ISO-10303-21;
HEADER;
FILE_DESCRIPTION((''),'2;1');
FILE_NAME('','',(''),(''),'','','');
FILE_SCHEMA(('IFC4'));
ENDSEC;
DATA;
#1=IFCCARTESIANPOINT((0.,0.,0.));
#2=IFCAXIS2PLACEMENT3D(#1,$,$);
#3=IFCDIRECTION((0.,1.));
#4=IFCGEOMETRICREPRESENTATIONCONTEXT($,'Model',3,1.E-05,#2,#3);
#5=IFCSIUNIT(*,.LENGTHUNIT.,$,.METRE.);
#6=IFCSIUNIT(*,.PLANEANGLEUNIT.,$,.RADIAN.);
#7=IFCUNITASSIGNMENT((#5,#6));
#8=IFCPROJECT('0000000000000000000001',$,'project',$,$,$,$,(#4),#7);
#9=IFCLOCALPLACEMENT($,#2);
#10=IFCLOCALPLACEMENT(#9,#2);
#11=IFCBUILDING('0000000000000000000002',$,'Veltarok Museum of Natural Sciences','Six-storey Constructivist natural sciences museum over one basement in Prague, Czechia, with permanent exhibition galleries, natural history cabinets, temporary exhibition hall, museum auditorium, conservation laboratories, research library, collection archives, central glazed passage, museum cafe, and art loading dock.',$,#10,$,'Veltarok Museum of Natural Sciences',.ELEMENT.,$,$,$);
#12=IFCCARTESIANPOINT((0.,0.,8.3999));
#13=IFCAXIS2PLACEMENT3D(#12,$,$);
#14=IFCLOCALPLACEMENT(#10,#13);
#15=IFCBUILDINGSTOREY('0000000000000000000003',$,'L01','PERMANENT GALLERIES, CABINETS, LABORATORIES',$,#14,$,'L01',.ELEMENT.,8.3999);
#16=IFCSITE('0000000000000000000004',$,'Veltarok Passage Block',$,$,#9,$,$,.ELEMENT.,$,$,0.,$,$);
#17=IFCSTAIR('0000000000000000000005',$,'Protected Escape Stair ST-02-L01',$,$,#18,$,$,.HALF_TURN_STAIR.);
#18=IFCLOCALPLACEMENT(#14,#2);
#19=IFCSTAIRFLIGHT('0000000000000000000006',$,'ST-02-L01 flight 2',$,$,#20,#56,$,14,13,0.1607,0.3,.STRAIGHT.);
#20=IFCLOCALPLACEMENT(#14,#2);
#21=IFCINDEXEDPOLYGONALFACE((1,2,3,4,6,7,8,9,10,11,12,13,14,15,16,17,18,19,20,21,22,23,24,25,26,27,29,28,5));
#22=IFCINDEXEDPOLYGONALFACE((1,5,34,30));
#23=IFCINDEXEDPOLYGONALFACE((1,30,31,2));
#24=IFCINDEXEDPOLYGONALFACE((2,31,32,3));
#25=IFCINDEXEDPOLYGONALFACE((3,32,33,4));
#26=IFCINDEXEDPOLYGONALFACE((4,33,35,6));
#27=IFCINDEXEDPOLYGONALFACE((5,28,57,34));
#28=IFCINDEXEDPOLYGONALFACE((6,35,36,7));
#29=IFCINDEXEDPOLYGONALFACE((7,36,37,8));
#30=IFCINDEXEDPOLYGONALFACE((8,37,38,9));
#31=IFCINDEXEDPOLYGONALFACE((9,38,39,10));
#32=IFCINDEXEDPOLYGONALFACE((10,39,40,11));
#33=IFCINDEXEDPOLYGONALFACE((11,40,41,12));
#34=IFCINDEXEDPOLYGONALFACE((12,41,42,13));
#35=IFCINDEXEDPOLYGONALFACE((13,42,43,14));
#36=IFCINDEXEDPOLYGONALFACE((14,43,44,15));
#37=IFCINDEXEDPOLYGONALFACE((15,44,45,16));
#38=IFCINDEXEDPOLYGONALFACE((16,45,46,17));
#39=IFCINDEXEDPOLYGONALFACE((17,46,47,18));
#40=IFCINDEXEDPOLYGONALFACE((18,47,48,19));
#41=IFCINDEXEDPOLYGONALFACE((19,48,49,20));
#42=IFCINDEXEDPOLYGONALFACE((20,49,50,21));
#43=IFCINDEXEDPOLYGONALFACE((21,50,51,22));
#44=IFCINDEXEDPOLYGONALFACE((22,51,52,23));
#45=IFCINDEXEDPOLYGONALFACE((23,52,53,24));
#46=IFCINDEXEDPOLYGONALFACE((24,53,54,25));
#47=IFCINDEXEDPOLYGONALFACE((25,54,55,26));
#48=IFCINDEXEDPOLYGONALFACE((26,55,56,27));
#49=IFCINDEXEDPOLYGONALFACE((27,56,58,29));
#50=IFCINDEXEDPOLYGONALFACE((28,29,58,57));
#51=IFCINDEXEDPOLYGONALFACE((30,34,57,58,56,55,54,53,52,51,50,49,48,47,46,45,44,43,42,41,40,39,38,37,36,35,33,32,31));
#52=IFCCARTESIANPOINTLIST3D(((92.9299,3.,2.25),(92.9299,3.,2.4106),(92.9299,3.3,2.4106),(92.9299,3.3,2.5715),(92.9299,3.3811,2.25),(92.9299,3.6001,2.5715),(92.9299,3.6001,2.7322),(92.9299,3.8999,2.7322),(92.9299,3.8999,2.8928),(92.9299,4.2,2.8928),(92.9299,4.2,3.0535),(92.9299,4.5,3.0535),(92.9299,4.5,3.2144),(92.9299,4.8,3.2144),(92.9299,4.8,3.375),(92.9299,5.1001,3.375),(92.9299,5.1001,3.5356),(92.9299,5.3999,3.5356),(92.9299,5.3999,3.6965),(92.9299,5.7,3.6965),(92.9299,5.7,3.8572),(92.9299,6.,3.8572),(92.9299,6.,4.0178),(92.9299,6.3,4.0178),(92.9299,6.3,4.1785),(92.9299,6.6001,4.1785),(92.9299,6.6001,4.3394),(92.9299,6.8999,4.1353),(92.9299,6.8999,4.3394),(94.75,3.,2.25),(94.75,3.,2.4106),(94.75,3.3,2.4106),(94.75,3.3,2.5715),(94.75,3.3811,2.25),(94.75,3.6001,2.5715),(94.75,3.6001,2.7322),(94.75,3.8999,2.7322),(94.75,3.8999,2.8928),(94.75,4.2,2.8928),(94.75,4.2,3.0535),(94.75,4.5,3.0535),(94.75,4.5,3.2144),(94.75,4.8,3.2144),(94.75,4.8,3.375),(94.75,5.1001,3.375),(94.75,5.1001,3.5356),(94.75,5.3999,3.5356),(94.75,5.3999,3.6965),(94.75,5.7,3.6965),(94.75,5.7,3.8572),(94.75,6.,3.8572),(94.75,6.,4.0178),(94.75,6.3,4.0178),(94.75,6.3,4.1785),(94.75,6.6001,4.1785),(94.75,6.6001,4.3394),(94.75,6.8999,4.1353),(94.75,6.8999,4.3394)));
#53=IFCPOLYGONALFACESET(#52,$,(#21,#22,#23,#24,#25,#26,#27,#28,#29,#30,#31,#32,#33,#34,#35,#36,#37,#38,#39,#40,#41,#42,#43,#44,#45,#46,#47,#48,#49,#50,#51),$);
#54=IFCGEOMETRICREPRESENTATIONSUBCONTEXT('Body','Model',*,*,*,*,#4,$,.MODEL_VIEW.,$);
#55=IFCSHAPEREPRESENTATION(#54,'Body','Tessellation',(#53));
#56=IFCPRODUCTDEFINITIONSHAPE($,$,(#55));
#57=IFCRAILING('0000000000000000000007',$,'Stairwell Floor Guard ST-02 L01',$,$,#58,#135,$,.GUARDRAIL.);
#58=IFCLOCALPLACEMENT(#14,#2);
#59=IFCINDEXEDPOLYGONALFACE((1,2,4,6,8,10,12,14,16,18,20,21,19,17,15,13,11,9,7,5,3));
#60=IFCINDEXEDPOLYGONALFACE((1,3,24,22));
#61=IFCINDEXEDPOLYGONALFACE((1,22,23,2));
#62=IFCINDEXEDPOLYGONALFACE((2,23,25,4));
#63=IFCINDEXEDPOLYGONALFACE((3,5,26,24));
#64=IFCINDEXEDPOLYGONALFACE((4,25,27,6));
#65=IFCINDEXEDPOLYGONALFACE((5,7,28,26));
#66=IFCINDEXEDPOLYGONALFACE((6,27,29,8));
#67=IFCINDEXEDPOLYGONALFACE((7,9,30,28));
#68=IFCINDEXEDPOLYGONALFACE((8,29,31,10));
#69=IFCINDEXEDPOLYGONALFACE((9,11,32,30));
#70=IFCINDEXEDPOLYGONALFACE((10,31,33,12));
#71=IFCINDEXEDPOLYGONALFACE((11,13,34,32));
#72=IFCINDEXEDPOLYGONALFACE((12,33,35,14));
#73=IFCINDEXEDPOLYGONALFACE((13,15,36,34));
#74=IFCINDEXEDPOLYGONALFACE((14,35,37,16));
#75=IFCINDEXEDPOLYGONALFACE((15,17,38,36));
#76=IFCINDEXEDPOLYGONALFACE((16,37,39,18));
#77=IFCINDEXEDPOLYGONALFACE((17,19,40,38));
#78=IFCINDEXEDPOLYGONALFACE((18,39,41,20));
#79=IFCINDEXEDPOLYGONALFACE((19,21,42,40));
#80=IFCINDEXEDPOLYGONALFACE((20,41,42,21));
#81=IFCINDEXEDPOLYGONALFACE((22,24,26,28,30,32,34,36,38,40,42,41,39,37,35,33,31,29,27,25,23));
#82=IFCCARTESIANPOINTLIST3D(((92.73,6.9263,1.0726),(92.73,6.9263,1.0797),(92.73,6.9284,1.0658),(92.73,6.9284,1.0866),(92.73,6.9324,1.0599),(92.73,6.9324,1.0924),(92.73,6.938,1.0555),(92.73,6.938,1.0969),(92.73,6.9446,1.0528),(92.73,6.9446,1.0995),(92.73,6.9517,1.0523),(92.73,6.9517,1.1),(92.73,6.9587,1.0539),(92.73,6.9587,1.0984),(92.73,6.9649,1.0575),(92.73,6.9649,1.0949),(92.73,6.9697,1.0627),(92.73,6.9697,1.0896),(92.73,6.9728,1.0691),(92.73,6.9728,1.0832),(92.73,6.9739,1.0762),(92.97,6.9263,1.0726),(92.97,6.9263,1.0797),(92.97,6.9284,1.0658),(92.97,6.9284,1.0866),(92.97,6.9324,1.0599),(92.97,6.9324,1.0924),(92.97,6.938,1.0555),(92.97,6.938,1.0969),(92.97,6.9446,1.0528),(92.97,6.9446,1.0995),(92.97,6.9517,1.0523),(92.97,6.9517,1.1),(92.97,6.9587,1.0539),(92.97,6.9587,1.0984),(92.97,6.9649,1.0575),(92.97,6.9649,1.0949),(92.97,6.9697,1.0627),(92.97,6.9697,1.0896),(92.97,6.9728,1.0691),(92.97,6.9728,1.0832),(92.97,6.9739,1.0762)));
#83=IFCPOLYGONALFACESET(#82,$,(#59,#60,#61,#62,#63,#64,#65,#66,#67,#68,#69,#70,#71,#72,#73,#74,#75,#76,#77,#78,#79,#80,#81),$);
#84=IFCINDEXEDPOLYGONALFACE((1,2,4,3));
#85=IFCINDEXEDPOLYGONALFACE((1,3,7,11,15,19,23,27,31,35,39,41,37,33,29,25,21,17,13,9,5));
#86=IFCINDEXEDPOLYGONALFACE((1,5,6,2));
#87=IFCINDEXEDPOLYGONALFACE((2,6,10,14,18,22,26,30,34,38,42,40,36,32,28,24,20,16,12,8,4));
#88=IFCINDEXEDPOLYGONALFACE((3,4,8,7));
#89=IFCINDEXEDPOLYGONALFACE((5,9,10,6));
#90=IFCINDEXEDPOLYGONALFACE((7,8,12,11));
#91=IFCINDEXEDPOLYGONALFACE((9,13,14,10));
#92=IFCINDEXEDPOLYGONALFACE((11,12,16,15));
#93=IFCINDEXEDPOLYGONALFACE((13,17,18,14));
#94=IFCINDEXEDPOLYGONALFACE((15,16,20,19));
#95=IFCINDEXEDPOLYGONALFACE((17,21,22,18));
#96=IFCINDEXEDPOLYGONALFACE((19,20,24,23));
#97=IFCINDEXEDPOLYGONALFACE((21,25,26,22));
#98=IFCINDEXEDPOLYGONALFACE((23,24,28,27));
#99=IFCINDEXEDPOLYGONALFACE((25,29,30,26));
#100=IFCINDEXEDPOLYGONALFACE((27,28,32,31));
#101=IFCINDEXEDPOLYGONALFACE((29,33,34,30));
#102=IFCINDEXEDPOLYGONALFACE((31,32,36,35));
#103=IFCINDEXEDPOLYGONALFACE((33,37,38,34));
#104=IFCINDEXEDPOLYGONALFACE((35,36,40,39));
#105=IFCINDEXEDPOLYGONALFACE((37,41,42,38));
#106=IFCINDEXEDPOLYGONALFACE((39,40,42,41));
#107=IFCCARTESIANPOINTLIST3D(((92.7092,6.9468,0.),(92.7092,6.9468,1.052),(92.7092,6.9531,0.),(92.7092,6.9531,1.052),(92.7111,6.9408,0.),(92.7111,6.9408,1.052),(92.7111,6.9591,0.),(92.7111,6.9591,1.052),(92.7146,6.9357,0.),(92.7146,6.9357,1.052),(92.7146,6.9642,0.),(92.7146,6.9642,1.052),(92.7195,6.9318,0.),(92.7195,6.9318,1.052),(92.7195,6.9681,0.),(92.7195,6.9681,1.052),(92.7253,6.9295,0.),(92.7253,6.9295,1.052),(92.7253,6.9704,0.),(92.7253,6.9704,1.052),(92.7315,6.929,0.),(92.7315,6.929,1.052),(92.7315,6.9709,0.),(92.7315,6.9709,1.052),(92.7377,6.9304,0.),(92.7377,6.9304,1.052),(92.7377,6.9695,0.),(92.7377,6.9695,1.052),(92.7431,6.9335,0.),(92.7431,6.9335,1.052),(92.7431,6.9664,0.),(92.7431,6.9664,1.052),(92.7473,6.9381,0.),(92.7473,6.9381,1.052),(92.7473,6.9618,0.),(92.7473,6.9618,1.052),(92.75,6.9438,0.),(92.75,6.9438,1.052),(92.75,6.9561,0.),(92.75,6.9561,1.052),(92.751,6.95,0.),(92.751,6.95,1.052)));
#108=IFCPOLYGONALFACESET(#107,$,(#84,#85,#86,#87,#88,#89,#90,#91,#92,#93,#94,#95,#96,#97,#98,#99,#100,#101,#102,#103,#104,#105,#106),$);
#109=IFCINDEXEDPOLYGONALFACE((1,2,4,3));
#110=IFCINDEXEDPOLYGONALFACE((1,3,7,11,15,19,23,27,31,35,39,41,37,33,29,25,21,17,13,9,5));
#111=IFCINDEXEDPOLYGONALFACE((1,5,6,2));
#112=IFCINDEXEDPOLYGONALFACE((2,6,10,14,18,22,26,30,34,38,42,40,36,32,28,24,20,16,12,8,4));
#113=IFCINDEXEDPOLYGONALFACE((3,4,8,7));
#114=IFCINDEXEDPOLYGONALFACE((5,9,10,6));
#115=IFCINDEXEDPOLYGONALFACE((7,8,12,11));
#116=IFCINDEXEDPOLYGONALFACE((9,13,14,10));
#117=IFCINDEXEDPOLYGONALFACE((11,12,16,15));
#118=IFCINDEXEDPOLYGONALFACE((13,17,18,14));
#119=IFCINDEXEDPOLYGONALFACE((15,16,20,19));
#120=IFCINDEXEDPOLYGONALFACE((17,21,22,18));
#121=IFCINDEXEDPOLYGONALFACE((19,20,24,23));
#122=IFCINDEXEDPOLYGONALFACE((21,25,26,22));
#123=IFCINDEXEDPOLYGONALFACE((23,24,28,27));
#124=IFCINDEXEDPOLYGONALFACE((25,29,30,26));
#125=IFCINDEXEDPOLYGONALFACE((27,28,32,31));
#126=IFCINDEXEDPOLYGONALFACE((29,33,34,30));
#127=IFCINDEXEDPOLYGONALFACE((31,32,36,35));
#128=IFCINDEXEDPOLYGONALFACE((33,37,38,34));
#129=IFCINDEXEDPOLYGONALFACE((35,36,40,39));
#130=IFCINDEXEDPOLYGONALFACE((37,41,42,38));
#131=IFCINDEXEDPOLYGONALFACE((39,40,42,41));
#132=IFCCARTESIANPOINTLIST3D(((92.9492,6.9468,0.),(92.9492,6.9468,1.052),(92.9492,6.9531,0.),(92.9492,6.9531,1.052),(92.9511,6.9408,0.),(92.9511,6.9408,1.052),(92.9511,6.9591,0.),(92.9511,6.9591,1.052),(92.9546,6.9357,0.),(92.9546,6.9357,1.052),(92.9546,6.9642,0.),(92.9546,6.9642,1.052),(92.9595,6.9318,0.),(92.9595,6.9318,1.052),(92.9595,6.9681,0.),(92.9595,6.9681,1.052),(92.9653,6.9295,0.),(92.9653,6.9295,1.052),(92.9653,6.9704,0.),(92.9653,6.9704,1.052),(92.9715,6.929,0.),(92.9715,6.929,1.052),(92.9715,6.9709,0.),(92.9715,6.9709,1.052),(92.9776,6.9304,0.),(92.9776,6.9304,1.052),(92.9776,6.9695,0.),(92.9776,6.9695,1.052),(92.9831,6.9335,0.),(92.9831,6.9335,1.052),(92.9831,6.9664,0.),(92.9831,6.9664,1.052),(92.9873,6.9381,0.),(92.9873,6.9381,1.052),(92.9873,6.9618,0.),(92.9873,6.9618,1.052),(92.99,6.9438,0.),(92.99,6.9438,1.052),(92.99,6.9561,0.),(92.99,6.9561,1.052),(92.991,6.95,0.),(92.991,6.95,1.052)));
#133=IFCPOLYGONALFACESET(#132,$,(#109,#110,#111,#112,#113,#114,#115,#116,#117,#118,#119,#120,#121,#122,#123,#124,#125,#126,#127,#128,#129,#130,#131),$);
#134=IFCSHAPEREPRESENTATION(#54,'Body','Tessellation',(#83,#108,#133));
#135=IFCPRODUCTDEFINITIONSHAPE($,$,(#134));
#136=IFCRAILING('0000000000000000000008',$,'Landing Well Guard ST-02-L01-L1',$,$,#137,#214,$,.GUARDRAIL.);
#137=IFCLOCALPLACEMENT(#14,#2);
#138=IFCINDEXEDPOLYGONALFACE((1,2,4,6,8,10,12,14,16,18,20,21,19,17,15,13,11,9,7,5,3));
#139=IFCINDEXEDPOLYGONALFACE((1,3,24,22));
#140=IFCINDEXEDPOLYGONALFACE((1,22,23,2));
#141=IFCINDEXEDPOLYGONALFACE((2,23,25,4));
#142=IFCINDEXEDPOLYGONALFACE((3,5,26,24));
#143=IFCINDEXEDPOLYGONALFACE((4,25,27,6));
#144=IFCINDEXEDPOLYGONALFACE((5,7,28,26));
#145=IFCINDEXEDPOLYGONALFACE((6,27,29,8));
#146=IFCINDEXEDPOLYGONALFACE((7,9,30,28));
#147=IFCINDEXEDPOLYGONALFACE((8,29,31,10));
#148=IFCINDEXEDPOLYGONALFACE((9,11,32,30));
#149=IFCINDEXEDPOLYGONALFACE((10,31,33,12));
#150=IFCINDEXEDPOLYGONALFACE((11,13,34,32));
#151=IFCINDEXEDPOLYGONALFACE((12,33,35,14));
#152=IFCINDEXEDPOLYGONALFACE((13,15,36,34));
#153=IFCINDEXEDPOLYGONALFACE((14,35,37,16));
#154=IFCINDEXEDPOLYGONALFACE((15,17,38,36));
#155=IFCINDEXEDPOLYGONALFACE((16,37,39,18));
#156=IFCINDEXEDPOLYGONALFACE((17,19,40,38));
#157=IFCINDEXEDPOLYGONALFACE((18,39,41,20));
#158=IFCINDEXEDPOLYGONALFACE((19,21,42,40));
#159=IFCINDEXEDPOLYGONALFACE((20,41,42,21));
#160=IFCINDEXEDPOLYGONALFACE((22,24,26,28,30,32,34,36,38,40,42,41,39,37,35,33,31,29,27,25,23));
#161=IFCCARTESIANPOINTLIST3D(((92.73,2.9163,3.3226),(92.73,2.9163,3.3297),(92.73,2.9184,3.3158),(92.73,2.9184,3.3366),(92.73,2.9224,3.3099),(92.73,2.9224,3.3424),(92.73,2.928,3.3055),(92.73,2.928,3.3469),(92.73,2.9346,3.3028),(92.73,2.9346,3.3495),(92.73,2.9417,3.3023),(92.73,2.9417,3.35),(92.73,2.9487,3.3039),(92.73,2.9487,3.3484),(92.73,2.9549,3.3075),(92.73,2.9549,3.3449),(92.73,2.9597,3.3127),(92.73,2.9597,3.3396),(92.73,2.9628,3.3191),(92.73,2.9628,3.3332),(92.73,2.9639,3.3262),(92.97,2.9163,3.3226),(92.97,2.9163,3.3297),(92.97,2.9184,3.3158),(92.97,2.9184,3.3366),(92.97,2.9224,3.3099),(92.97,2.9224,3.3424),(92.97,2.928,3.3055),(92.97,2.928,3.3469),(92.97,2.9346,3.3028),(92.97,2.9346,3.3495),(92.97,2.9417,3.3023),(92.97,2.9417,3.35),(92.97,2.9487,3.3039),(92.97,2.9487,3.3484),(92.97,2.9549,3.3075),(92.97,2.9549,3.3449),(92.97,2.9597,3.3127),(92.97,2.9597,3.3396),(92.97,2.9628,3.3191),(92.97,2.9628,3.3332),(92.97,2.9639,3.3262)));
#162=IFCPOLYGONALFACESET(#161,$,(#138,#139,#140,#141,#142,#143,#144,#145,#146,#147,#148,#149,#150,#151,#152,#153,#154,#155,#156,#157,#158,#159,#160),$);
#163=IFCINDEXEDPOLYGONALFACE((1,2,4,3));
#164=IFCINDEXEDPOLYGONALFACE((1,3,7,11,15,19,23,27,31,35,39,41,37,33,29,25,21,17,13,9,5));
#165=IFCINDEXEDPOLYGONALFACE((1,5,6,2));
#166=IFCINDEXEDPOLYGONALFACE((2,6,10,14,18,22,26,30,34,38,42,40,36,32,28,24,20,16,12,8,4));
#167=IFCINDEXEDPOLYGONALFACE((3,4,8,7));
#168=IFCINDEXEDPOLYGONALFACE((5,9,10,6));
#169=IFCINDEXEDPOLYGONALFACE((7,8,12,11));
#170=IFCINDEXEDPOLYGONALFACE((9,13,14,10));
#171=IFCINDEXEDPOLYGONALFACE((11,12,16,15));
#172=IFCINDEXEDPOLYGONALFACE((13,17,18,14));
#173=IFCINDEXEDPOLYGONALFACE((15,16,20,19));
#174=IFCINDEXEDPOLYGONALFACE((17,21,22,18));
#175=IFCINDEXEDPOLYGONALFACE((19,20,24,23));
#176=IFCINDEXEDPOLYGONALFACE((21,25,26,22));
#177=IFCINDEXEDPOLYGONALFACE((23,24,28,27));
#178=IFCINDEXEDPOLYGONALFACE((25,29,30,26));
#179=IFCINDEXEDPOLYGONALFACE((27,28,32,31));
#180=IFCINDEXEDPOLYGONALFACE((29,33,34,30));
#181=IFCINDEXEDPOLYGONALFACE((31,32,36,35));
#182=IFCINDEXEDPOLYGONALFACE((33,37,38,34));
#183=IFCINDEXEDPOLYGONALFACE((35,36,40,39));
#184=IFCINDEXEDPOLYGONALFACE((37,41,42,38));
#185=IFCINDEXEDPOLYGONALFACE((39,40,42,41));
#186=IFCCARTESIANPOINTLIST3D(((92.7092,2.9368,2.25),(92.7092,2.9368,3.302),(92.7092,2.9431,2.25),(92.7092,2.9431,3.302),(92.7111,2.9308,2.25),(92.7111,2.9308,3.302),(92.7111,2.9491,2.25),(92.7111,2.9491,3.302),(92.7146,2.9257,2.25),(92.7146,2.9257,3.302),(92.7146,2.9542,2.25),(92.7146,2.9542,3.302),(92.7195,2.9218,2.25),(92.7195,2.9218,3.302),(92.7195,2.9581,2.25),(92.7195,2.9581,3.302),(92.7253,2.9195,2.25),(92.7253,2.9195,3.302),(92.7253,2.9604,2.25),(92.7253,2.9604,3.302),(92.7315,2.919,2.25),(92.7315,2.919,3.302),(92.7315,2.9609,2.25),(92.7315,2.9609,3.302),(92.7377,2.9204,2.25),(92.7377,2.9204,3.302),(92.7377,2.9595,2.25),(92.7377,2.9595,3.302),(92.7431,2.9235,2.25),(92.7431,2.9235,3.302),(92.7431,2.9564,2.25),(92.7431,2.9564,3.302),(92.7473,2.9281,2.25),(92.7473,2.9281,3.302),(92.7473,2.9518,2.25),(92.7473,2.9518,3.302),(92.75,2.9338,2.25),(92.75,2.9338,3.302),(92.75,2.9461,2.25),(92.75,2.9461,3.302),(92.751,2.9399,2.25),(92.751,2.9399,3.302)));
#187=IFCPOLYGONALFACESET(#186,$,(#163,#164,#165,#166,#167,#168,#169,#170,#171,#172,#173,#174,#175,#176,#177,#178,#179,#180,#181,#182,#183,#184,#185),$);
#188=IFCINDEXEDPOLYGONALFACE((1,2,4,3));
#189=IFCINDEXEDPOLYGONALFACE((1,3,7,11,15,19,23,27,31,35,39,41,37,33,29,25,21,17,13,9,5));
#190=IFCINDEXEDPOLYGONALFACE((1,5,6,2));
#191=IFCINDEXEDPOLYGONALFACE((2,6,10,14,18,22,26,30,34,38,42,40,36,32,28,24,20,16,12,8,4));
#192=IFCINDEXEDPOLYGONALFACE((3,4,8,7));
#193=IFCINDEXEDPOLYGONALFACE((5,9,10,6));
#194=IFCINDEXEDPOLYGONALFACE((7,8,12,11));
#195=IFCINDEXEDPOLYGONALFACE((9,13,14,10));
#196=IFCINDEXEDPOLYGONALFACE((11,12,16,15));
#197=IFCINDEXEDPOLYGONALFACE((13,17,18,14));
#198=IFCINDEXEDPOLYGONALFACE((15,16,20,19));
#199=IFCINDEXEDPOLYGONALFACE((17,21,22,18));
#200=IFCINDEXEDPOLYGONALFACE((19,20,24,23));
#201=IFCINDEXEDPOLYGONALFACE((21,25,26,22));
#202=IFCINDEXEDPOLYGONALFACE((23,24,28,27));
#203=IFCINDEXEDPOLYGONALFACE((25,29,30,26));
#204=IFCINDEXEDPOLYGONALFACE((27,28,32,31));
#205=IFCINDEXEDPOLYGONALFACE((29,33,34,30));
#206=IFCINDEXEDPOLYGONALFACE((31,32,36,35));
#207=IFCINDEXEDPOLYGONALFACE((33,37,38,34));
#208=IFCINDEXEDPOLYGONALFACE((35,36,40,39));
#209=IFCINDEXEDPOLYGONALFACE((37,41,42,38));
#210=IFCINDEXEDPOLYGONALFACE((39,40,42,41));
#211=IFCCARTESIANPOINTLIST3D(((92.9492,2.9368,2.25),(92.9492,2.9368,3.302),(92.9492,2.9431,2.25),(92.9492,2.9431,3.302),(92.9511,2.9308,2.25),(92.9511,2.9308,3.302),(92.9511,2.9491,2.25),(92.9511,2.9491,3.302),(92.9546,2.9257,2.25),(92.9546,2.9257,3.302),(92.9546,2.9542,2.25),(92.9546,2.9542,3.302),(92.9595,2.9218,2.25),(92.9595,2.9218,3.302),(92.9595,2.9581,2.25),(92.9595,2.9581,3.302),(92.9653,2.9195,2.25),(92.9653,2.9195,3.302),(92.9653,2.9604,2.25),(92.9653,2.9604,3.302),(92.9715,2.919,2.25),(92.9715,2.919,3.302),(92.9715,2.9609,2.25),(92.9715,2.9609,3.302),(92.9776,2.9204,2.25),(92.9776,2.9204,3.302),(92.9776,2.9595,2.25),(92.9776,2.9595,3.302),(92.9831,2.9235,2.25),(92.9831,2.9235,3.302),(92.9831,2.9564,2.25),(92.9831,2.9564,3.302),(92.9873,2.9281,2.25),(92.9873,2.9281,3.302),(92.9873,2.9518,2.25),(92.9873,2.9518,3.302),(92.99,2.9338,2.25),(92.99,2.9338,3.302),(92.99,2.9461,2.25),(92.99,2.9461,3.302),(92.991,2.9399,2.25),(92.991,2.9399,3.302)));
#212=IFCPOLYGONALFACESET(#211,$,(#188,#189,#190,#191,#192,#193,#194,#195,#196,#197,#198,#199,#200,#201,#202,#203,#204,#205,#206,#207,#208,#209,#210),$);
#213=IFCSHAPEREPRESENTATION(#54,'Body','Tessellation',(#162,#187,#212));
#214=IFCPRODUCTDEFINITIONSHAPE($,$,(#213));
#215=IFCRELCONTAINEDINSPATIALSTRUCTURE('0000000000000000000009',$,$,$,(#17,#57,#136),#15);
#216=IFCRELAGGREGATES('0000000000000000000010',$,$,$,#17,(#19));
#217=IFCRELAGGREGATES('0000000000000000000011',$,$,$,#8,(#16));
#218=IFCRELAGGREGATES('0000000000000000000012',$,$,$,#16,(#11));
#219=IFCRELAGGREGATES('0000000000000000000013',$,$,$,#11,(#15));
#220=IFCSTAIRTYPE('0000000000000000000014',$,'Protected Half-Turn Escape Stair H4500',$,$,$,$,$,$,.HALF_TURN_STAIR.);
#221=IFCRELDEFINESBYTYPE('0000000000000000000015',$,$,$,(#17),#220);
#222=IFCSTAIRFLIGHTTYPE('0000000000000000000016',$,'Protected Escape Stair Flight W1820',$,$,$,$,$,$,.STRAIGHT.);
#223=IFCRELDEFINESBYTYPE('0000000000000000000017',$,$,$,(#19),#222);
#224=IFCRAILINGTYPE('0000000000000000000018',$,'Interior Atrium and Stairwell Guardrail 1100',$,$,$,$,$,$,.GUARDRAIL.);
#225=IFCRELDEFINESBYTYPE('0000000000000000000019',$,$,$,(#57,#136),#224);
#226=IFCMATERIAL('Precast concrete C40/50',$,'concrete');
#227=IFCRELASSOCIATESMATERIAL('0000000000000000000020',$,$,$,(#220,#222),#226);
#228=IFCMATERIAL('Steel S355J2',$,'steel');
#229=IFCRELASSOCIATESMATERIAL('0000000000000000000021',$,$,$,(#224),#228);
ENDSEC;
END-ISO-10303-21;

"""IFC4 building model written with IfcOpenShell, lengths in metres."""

from ifc_helpers import new_model, si_unit, direction, frame, origin, origin_2d, place, context, subcontext, project, spatial, polyline, circle, outline, extrude, material, type_object, element, aggregate, save


model = new_model("IFC4")

# Units and contexts
model_context = context("Model", 3, precision=1e-05, world=origin(), true_north=direction((0.0, 1.0)))
body_context = subcontext(model_context, "Body", "Model", "MODEL_VIEW")
ifc_project = project(units=[si_unit("LENGTHUNIT", "METRE"), si_unit("PLANEANGLEUNIT", "RADIAN")], contexts=[model_context])

# Site, building, storey
site_placement = place(None, origin())
site = spatial("IfcSite", under=ifc_project, at=site_placement, Name="Veltarok Passage Block", CompositionType="ELEMENT", RefElevation=0.0)
building_placement = place(site_placement, origin())
building = spatial("IfcBuilding", under=site, at=building_placement, Name="Veltarok Museum of Natural Sciences", Description="Six-storey Constructivist natural sciences museum over one basement in Prague, Czechia, with permanent exhibition galleries, natural history cabinets, temporary exhibition hall, museum auditorium, conservation laboratories, research library, collection archives, central glazed passage, museum cafe, and art loading dock.", LongName="Veltarok Museum of Natural Sciences", CompositionType="ELEMENT")
storey_placement = place(building_placement, frame((0.0, 0.0, 8.3999)))
storey = spatial("IfcBuildingStorey", under=building, at=storey_placement, Name="L01", Description="PERMANENT GALLERIES, CABINETS, LABORATORIES", LongName="L01", CompositionType="ELEMENT", Elevation=8.3999)

# Shared definitions
ifc_material_1 = material(Name="Steel S355J2", Category="steel")

# Stair, stair flight
ifc_material_2 = material(Name="Precast concrete C40/50", Category="concrete")
stair_type = type_object("IfcStairType", Name="Protected Half-Turn Escape Stair H4500", PredefinedType="HALF_TURN_STAIR", material=ifc_material_2)
stair_placement = place(storey_placement, origin())
stair = element("IfcStair", 1, at=stair_placement, inside=storey, type_object=stair_type, Name="Protected Escape Stair ST-02-L01", PredefinedType="HALF_TURN_STAIR")
stair_flight_type = type_object("IfcStairFlightType", Name="Protected Escape Stair Flight W1820", PredefinedType="STRAIGHT", material=ifc_material_2)
stair_flight_1_placement = place(storey_placement, frame((93.8401, 3.0, 2.25), z_axis=(0.0, 0.0, 1.0), x_axis=(0.0, 1.0, 0.0)))
stair_flight_1 = element("IfcStairFlight", 2, at=stair_flight_1_placement, type_object=stair_flight_type, Name="ST-02-L01 flight 2", NumberOfRisers=14, NumberOfTreads=13, PredefinedType="STRAIGHT", RiserHeight=0.1607, TreadLength=0.3, context=body_context, shape_type="SweptSolid", body=[
    extrude(outline(polyline([(0.0, 0.0), (0.0, 0.1606), (0.3, 0.1606), (0.3, 0.3215), (0.6001, 0.3215), (0.6001, 0.4822), (0.8999, 0.4822), (0.8999, 0.6428), (1.2, 0.6428), (1.2, 0.8035), (1.5, 0.8035), (1.5, 0.9644), (1.8, 0.9644), (1.8, 1.125), (2.1001, 1.125), (2.1001, 1.2856), (2.3999, 1.2856), (2.3999, 1.4465), (2.7, 1.4465), (2.7, 1.6072), (3.0, 1.6072), (3.0, 1.7678), (3.3, 1.7678), (3.3, 1.9285), (3.6001, 1.9285), (3.6001, 2.0894), (3.8999, 2.0894), (3.8999, 2.25), (3.8999, 1.8853), (0.3811, 0.0), (0.0, 0.0)])), frame((0.0, 0.9102, 0.0), z_axis=(0.0, -1.0, 0.0), x_axis=(1.0, 0.0, 0.0)), (0.0, 0.0, 1.0), 1.8201),
])
aggregate(stair, [stair_flight_1])

# Railings
railing_type_1 = type_object("IfcRailingType", Name="Interior Atrium and Stairwell Guardrail 1100", PredefinedType="GUARDRAIL", material=ifc_material_1)
for number, where, name in (
    (3, (92.73, 6.95, 0.0), "Stairwell Floor Guard ST-02 L01"),
    (4, (92.73, 2.9399, 2.25), "Landing Well Guard ST-02-L01-L1"),
):
    element("IfcRailing", number, at=place(storey_placement, frame(where)), inside=storey, type_object=railing_type_1, Name=name, PredefinedType="GUARDRAIL", context=body_context, shape_type="SweptSolid", body=[
        extrude(circle(Radius=0.0239, at=origin_2d()), frame((0.0, 0.0, 1.0762), z_axis=(1.0, 0.0, 0.0), x_axis=(0.0, 1.0, 0.0)), (0.0, 0.0, 1.0), 0.24),
        extrude(circle(Radius=0.021, at=origin_2d()), origin(), (0.0, 0.0, 1.0), 1.052),
        extrude(circle(Radius=0.021, at=origin_2d()), frame((0.24, 0.0, 0.0)), (0.0, 0.0, 1.0), 1.052),
    ])

save(model, "model.ifc")
